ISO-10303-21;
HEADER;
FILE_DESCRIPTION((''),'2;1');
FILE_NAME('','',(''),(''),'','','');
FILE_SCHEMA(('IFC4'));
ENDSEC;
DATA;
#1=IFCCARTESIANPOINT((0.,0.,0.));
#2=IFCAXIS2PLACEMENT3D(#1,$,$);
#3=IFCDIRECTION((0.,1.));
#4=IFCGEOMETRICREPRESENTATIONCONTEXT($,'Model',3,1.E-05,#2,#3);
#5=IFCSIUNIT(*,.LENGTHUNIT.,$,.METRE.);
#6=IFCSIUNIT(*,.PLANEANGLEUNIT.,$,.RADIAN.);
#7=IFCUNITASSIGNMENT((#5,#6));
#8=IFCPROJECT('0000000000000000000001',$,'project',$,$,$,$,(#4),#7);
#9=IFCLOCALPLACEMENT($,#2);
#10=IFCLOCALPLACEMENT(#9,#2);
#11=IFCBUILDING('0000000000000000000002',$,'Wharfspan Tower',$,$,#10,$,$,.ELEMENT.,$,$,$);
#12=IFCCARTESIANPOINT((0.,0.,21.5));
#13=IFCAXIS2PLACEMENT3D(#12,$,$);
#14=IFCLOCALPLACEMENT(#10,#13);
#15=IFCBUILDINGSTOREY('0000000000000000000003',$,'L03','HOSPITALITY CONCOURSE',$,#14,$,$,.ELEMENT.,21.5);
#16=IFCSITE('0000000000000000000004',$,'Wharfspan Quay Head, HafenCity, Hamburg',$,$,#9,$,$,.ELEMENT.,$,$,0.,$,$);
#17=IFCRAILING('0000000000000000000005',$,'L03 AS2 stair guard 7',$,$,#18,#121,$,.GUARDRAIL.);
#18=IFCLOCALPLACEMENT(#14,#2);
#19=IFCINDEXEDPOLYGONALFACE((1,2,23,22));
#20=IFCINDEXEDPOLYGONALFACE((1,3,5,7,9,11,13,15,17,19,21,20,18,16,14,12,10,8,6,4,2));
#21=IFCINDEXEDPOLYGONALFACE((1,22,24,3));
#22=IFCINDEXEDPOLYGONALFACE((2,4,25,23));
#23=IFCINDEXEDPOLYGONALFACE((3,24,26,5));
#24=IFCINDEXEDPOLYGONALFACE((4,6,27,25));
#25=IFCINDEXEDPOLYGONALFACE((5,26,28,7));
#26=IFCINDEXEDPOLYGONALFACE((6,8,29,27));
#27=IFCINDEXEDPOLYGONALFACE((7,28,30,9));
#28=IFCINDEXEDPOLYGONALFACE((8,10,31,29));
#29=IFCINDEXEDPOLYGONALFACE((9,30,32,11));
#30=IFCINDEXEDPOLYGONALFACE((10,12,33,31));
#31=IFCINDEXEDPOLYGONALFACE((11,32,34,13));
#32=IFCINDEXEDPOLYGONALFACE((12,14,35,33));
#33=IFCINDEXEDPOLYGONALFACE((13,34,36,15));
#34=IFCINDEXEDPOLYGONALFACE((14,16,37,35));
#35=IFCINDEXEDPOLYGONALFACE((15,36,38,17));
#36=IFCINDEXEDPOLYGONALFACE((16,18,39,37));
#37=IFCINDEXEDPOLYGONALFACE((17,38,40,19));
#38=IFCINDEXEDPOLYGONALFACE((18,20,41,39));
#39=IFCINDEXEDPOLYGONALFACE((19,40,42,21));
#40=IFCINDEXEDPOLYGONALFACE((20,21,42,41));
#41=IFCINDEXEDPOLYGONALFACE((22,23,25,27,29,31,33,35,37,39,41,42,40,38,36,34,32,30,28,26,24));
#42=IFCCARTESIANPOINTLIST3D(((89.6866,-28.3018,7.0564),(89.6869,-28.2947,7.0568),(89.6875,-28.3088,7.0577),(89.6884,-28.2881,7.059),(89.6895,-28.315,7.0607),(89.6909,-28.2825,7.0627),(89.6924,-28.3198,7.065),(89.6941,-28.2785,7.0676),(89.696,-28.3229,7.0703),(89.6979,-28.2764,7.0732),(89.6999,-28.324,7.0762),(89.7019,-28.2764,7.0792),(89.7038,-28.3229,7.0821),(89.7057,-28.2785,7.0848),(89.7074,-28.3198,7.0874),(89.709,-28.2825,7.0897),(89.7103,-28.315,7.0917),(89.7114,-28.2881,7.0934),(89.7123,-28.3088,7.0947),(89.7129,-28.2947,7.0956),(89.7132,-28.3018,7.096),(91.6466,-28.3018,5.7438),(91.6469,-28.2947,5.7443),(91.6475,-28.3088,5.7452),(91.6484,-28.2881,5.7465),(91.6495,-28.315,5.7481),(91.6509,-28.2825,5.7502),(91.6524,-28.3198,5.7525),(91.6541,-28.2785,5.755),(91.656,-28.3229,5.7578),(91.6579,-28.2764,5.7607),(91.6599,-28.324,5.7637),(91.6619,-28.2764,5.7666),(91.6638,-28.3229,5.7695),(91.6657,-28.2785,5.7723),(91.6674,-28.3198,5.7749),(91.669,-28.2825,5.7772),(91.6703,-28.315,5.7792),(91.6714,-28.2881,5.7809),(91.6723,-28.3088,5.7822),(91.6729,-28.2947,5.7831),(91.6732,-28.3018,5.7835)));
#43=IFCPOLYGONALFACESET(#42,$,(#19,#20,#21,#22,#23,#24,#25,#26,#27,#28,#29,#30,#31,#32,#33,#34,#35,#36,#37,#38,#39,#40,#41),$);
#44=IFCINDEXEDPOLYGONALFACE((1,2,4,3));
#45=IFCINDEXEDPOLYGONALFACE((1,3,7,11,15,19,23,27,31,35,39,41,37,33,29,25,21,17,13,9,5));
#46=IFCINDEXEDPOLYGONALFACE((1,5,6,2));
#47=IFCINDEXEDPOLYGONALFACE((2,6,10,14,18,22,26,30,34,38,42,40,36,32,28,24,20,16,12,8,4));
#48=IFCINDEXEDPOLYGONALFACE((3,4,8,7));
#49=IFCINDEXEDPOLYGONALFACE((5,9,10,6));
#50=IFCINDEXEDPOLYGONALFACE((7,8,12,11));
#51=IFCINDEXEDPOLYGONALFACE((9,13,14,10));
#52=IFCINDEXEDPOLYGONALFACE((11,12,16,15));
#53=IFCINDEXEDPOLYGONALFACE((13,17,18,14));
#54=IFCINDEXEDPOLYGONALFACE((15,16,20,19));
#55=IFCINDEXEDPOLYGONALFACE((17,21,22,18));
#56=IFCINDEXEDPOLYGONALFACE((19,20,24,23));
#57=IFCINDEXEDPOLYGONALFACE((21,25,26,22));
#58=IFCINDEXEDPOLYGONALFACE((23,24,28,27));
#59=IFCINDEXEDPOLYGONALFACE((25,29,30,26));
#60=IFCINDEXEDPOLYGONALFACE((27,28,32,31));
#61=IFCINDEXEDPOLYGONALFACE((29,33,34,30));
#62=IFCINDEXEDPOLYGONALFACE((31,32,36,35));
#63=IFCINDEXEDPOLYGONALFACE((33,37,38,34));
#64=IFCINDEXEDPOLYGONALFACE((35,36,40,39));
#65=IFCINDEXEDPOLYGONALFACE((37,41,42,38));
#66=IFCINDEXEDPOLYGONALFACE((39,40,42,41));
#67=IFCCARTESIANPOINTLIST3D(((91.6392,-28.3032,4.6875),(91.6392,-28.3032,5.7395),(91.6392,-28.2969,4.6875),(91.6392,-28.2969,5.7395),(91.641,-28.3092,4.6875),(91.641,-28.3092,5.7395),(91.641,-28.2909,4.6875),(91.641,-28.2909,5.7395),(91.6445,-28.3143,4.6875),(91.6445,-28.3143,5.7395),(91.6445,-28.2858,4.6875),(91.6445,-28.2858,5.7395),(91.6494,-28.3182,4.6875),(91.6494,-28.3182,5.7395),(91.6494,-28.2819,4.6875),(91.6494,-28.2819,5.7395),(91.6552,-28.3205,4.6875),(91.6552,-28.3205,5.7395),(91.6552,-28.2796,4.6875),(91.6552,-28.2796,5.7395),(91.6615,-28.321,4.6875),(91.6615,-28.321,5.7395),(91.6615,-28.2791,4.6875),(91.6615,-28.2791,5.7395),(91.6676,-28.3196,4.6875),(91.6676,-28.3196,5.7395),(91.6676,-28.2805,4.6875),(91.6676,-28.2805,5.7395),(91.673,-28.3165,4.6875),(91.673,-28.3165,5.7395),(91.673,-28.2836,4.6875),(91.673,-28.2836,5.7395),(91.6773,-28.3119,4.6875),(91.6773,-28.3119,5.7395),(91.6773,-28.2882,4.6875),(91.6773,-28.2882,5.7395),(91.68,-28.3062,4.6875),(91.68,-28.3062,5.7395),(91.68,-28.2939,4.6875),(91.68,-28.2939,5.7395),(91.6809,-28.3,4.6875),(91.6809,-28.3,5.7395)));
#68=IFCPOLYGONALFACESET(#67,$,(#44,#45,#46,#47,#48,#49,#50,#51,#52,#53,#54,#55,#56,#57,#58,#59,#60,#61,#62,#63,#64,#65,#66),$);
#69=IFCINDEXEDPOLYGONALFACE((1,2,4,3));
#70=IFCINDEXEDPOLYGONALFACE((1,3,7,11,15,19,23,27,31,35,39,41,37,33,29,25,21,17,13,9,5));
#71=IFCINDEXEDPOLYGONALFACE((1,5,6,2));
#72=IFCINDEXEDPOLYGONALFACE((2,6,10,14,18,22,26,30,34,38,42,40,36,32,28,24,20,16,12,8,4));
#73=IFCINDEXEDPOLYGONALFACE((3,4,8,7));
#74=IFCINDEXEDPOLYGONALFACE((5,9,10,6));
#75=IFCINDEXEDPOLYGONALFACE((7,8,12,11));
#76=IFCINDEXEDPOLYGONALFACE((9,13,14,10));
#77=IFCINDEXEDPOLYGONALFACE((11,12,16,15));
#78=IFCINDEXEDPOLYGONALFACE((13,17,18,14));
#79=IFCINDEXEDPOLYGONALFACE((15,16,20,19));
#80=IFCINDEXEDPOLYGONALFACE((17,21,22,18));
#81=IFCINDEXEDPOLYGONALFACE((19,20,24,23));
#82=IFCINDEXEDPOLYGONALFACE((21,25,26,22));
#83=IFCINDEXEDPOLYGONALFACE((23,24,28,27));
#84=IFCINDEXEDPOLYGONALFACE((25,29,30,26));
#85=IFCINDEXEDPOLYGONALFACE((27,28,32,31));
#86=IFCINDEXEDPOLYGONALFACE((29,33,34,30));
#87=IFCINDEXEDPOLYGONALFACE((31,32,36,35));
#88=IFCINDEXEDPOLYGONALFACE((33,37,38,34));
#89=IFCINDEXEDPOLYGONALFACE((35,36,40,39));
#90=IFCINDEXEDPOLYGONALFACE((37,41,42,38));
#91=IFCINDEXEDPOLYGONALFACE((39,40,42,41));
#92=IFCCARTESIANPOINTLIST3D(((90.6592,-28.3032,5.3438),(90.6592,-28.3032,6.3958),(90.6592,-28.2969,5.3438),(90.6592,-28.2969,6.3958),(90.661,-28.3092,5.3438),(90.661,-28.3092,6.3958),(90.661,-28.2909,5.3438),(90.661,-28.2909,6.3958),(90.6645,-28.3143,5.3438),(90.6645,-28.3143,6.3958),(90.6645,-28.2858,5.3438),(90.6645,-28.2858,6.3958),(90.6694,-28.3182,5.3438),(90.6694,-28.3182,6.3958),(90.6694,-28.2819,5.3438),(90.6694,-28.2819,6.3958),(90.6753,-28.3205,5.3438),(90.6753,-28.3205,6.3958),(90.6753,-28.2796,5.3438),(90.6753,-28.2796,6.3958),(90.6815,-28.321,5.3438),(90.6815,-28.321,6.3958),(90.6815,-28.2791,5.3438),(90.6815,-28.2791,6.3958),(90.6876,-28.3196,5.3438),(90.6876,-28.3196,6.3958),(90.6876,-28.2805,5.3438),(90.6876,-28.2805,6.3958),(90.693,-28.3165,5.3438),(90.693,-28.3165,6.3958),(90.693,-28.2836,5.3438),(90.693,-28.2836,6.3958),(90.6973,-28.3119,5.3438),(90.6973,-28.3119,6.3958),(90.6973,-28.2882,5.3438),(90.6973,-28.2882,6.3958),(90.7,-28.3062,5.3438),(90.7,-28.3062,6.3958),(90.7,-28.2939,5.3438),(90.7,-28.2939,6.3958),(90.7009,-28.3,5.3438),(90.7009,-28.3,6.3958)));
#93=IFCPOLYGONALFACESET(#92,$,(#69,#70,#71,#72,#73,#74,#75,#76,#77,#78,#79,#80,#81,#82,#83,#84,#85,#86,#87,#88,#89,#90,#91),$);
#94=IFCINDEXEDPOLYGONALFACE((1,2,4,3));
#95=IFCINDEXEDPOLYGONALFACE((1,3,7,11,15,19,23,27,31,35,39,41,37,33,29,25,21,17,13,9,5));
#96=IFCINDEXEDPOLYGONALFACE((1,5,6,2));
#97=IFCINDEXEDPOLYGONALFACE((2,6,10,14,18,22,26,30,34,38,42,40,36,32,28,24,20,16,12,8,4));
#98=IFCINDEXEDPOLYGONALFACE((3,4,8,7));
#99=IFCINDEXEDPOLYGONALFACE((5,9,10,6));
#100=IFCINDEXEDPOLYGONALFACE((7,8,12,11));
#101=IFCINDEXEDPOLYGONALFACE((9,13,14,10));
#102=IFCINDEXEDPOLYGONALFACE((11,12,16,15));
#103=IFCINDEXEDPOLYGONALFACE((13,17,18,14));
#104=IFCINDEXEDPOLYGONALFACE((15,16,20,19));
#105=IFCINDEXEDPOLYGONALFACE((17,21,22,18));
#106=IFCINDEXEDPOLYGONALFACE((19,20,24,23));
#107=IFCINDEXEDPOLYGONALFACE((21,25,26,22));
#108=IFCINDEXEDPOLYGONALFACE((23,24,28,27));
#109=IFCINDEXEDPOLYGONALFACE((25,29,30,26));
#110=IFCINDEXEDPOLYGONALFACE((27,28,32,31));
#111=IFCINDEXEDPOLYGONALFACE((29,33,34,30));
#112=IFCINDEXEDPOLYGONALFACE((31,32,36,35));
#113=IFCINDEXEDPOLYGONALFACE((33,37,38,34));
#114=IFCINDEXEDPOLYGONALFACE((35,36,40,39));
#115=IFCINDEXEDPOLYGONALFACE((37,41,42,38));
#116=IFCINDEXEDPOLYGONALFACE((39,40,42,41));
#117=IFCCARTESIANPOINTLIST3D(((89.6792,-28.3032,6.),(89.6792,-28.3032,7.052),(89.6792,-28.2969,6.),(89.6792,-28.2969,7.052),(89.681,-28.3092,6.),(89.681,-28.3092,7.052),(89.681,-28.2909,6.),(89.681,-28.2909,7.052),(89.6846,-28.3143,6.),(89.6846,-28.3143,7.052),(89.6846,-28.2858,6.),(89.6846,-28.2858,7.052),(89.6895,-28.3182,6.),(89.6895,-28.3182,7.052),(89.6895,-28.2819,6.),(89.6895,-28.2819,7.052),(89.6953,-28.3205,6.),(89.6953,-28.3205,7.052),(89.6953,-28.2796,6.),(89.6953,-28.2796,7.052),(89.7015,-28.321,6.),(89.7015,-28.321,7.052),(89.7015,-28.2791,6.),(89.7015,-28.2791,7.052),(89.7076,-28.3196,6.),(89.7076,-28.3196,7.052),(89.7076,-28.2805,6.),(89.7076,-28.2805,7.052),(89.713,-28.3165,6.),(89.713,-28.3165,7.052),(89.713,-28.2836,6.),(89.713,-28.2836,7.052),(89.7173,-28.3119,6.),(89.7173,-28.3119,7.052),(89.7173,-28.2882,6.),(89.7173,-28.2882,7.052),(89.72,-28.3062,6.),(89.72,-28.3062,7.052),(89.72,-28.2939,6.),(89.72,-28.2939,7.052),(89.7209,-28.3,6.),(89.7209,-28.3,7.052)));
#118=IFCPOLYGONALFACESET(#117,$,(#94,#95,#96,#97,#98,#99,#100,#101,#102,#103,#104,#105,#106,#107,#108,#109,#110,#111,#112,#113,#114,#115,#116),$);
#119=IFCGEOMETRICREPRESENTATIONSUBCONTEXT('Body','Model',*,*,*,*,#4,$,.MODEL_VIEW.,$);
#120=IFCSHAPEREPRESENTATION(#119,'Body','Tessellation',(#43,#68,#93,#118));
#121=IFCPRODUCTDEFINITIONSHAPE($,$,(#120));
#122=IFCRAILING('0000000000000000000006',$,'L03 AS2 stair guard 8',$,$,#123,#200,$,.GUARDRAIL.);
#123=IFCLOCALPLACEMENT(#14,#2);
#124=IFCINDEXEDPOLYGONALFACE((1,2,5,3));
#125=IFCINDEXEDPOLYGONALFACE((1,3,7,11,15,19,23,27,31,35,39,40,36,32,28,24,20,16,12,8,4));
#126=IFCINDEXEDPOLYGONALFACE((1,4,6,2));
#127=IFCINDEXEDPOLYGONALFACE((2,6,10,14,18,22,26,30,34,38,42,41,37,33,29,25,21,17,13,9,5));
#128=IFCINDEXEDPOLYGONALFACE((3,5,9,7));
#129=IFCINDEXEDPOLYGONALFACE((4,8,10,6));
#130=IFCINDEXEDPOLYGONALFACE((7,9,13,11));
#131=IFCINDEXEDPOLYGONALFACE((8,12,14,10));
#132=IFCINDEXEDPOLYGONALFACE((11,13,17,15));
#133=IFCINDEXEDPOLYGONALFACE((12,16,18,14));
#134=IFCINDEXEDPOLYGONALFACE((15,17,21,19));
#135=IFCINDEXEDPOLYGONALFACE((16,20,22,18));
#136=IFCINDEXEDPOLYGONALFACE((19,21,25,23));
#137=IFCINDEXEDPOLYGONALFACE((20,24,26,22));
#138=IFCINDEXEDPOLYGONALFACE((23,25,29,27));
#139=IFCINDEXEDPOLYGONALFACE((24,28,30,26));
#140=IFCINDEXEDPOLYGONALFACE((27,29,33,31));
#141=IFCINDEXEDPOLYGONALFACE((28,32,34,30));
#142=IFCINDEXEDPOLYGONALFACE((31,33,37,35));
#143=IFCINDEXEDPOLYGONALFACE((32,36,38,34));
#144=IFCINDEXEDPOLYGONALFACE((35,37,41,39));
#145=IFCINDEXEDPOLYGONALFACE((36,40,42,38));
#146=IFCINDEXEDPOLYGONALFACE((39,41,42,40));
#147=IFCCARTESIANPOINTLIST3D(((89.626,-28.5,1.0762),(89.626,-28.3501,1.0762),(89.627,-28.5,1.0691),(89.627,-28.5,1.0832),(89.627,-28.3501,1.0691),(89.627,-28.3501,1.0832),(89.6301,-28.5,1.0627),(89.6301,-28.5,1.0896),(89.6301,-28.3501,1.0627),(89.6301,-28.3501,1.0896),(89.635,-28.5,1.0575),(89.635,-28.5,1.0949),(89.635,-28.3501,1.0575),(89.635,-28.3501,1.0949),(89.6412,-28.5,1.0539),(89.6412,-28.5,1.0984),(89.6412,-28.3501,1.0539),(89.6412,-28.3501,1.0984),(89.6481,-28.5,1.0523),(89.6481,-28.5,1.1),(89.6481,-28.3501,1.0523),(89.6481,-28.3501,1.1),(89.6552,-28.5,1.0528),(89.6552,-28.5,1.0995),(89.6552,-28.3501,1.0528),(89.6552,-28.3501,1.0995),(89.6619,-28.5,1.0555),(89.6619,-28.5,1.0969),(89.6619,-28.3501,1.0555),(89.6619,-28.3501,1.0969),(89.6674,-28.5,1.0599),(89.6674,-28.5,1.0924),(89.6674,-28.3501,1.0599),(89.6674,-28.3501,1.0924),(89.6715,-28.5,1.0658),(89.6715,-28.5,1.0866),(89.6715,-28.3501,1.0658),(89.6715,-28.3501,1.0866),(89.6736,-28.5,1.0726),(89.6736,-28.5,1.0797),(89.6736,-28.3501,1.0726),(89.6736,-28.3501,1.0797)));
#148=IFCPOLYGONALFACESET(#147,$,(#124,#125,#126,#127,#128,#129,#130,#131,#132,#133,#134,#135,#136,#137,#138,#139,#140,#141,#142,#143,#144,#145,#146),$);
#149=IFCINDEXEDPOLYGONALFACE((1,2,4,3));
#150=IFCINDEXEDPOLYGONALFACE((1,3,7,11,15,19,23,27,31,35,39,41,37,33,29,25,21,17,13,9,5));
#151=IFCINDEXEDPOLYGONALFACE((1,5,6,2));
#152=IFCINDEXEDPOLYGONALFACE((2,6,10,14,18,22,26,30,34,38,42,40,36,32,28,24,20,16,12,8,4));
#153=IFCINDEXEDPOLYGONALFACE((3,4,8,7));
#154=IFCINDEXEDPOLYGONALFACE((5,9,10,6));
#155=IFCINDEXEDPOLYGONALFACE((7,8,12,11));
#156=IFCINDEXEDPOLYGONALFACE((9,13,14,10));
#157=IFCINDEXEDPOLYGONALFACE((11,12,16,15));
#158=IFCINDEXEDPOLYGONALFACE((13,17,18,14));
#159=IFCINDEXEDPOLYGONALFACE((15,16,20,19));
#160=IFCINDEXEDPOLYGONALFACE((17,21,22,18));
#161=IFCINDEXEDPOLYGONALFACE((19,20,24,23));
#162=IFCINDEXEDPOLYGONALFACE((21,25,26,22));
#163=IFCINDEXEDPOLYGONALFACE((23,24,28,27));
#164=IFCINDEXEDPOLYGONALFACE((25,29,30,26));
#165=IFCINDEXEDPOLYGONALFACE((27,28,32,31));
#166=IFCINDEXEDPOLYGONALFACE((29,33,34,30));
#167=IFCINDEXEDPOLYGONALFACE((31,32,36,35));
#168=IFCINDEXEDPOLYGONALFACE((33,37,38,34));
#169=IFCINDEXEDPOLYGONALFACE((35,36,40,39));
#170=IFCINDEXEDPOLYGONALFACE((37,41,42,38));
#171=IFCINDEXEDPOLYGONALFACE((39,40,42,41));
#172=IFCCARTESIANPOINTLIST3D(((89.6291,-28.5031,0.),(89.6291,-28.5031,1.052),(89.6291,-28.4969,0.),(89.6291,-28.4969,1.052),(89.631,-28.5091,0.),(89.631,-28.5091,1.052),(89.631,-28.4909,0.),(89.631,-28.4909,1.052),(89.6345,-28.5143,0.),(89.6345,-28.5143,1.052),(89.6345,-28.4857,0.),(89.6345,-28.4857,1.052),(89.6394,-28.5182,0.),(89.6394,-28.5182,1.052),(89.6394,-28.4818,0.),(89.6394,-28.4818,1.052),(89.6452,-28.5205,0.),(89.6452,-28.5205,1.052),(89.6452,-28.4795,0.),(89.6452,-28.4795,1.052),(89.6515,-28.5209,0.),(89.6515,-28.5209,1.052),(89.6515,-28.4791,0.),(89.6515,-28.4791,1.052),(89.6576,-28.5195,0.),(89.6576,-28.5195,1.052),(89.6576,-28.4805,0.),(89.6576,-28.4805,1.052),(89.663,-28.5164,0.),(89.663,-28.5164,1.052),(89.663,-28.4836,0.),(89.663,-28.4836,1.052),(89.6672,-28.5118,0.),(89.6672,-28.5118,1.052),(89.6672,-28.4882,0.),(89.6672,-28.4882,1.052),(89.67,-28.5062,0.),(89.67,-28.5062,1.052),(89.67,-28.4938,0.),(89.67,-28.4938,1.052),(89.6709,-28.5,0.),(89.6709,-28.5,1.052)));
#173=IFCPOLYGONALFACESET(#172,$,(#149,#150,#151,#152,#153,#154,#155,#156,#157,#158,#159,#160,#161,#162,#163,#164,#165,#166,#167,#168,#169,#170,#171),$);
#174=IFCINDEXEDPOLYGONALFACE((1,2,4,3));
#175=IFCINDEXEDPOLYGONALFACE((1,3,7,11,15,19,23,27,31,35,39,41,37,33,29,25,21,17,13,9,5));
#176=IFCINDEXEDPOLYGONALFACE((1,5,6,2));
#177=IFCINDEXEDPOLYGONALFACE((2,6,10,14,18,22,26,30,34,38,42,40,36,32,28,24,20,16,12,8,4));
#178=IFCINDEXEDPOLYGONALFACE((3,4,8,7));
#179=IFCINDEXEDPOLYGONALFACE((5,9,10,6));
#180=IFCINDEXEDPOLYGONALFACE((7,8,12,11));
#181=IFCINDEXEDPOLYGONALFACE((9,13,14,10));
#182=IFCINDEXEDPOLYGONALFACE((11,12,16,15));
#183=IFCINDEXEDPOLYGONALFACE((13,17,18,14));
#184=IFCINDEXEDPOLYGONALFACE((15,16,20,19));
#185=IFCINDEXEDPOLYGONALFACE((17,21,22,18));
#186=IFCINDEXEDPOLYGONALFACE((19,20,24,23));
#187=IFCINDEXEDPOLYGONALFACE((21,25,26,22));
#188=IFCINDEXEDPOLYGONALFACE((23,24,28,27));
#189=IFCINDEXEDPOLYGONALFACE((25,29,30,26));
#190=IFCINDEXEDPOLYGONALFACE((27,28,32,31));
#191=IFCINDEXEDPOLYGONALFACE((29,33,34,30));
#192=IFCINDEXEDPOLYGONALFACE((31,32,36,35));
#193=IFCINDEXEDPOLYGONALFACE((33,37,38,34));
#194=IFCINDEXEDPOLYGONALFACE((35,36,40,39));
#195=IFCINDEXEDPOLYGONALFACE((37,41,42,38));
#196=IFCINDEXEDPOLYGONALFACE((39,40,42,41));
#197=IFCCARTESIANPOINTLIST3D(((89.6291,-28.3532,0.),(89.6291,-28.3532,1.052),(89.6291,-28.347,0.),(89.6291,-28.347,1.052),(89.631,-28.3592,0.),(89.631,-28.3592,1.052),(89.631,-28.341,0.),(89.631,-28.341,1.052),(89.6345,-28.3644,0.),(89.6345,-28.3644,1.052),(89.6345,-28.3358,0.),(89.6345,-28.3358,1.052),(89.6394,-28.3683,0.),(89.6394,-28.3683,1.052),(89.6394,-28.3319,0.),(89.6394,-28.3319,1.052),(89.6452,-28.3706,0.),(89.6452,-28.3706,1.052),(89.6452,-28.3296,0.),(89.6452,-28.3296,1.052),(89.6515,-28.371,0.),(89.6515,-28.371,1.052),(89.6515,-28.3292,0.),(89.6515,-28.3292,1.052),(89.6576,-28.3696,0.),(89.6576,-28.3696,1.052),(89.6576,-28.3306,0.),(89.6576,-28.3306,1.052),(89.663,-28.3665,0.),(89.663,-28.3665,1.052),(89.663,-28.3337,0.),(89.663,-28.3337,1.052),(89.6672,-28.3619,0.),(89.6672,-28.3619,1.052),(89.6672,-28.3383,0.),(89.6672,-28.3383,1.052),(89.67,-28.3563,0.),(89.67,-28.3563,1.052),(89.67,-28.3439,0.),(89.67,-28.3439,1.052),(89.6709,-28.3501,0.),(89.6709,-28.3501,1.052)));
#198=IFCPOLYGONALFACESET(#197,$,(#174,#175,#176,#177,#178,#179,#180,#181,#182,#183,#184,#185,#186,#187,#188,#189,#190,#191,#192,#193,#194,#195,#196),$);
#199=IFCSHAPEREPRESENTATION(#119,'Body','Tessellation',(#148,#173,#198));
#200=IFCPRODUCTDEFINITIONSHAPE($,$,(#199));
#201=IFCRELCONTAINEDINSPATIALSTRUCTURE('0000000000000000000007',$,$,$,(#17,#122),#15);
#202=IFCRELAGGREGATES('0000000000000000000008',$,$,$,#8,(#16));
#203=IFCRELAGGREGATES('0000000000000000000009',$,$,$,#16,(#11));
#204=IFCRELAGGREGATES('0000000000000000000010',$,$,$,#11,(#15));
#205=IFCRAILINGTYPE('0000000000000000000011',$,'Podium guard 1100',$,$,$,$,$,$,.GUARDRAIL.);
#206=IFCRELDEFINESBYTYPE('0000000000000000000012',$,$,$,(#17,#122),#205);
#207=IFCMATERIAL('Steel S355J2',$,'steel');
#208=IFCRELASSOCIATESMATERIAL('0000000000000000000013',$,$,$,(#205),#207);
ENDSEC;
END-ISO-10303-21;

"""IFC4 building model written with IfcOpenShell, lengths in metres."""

from ifc_helpers import new_model, si_unit, direction, frame, origin, origin_2d, place, context, subcontext, project, spatial, circle, extrude, material, type_object, element, save


model = new_model("IFC4")

# Units and contexts
model_context = context("Model", 3, precision=1e-05, world=origin(), true_north=direction((0.0, 1.0)))
body_context = subcontext(model_context, "Body", "Model", "MODEL_VIEW")
ifc_project = project(units=[si_unit("LENGTHUNIT", "METRE"), si_unit("PLANEANGLEUNIT", "RADIAN")], contexts=[model_context])

# Site, building, storey
site_placement = place(None, origin())
site = spatial("IfcSite", under=ifc_project, at=site_placement, Name="Wharfspan Quay Head, HafenCity, Hamburg", CompositionType="ELEMENT", RefElevation=0.0)
building_placement = place(site_placement, origin())
building = spatial("IfcBuilding", under=site, at=building_placement, Name="Wharfspan Tower", CompositionType="ELEMENT")
storey_placement = place(building_placement, frame((0.0, 0.0, 21.5)))
storey = spatial("IfcBuildingStorey", under=building, at=storey_placement, Name="L03", Description="HOSPITALITY CONCOURSE", CompositionType="ELEMENT", Elevation=21.5)

# Railings
ifc_material_1 = material(Name="Steel S355J2", Category="steel")
railing_type_1 = type_object("IfcRailingType", Name="Podium guard 1100", PredefinedType="GUARDRAIL", material=ifc_material_1)
railing_1_placement = place(storey_placement, frame((91.6599, -28.3, 4.6875)))
element("IfcRailing", 1, at=railing_1_placement, inside=storey, type_object=railing_type_1, Name="L03 AS2 stair guard 7", PredefinedType="GUARDRAIL", context=body_context, shape_type="SweptSolid", body=[
    extrude(circle(Radius=0.0239, at=origin_2d()), frame((0.0, 0.0, 1.0762), z_axis=(-0.830902, 0.0, 0.556419), x_axis=(0.0, -1.0, 0.0)), (0.0, 0.0, 1.0), 2.3589),
    extrude(circle(Radius=0.021, at=origin_2d()), origin(), (0.0, 0.0, 1.0), 1.052),
    extrude(circle(Radius=0.021, at=origin_2d()), frame((-0.98, 0.0, 0.6562)), (0.0, 0.0, 1.0), 1.052),
    extrude(circle(Radius=0.021, at=origin_2d()), frame((-1.96, 0.0, 1.3125)), (0.0, 0.0, 1.0), 1.052),
])
railing_2_placement = place(storey_placement, frame((89.6499, -28.5, 0.0)))
element("IfcRailing", 2, at=railing_2_placement, inside=storey, type_object=railing_type_1, Name="L03 AS2 stair guard 8", PredefinedType="GUARDRAIL", context=body_context, shape_type="SweptSolid", body=[
    extrude(circle(Radius=0.0239, at=origin_2d()), frame((0.0, 0.0, 1.0762), z_axis=(0.0, 1.0, 0.0), x_axis=(-1.0, 0.0, 0.0)), (0.0, 0.0, 1.0), 0.1499),
    extrude(circle(Radius=0.021, at=origin_2d()), origin(), (0.0, 0.0, 1.0), 1.052),
    extrude(circle(Radius=0.021, at=origin_2d()), frame((0.0, 0.1499, 0.0)), (0.0, 0.0, 1.0), 1.052),
])

save(model, "model.ifc")
